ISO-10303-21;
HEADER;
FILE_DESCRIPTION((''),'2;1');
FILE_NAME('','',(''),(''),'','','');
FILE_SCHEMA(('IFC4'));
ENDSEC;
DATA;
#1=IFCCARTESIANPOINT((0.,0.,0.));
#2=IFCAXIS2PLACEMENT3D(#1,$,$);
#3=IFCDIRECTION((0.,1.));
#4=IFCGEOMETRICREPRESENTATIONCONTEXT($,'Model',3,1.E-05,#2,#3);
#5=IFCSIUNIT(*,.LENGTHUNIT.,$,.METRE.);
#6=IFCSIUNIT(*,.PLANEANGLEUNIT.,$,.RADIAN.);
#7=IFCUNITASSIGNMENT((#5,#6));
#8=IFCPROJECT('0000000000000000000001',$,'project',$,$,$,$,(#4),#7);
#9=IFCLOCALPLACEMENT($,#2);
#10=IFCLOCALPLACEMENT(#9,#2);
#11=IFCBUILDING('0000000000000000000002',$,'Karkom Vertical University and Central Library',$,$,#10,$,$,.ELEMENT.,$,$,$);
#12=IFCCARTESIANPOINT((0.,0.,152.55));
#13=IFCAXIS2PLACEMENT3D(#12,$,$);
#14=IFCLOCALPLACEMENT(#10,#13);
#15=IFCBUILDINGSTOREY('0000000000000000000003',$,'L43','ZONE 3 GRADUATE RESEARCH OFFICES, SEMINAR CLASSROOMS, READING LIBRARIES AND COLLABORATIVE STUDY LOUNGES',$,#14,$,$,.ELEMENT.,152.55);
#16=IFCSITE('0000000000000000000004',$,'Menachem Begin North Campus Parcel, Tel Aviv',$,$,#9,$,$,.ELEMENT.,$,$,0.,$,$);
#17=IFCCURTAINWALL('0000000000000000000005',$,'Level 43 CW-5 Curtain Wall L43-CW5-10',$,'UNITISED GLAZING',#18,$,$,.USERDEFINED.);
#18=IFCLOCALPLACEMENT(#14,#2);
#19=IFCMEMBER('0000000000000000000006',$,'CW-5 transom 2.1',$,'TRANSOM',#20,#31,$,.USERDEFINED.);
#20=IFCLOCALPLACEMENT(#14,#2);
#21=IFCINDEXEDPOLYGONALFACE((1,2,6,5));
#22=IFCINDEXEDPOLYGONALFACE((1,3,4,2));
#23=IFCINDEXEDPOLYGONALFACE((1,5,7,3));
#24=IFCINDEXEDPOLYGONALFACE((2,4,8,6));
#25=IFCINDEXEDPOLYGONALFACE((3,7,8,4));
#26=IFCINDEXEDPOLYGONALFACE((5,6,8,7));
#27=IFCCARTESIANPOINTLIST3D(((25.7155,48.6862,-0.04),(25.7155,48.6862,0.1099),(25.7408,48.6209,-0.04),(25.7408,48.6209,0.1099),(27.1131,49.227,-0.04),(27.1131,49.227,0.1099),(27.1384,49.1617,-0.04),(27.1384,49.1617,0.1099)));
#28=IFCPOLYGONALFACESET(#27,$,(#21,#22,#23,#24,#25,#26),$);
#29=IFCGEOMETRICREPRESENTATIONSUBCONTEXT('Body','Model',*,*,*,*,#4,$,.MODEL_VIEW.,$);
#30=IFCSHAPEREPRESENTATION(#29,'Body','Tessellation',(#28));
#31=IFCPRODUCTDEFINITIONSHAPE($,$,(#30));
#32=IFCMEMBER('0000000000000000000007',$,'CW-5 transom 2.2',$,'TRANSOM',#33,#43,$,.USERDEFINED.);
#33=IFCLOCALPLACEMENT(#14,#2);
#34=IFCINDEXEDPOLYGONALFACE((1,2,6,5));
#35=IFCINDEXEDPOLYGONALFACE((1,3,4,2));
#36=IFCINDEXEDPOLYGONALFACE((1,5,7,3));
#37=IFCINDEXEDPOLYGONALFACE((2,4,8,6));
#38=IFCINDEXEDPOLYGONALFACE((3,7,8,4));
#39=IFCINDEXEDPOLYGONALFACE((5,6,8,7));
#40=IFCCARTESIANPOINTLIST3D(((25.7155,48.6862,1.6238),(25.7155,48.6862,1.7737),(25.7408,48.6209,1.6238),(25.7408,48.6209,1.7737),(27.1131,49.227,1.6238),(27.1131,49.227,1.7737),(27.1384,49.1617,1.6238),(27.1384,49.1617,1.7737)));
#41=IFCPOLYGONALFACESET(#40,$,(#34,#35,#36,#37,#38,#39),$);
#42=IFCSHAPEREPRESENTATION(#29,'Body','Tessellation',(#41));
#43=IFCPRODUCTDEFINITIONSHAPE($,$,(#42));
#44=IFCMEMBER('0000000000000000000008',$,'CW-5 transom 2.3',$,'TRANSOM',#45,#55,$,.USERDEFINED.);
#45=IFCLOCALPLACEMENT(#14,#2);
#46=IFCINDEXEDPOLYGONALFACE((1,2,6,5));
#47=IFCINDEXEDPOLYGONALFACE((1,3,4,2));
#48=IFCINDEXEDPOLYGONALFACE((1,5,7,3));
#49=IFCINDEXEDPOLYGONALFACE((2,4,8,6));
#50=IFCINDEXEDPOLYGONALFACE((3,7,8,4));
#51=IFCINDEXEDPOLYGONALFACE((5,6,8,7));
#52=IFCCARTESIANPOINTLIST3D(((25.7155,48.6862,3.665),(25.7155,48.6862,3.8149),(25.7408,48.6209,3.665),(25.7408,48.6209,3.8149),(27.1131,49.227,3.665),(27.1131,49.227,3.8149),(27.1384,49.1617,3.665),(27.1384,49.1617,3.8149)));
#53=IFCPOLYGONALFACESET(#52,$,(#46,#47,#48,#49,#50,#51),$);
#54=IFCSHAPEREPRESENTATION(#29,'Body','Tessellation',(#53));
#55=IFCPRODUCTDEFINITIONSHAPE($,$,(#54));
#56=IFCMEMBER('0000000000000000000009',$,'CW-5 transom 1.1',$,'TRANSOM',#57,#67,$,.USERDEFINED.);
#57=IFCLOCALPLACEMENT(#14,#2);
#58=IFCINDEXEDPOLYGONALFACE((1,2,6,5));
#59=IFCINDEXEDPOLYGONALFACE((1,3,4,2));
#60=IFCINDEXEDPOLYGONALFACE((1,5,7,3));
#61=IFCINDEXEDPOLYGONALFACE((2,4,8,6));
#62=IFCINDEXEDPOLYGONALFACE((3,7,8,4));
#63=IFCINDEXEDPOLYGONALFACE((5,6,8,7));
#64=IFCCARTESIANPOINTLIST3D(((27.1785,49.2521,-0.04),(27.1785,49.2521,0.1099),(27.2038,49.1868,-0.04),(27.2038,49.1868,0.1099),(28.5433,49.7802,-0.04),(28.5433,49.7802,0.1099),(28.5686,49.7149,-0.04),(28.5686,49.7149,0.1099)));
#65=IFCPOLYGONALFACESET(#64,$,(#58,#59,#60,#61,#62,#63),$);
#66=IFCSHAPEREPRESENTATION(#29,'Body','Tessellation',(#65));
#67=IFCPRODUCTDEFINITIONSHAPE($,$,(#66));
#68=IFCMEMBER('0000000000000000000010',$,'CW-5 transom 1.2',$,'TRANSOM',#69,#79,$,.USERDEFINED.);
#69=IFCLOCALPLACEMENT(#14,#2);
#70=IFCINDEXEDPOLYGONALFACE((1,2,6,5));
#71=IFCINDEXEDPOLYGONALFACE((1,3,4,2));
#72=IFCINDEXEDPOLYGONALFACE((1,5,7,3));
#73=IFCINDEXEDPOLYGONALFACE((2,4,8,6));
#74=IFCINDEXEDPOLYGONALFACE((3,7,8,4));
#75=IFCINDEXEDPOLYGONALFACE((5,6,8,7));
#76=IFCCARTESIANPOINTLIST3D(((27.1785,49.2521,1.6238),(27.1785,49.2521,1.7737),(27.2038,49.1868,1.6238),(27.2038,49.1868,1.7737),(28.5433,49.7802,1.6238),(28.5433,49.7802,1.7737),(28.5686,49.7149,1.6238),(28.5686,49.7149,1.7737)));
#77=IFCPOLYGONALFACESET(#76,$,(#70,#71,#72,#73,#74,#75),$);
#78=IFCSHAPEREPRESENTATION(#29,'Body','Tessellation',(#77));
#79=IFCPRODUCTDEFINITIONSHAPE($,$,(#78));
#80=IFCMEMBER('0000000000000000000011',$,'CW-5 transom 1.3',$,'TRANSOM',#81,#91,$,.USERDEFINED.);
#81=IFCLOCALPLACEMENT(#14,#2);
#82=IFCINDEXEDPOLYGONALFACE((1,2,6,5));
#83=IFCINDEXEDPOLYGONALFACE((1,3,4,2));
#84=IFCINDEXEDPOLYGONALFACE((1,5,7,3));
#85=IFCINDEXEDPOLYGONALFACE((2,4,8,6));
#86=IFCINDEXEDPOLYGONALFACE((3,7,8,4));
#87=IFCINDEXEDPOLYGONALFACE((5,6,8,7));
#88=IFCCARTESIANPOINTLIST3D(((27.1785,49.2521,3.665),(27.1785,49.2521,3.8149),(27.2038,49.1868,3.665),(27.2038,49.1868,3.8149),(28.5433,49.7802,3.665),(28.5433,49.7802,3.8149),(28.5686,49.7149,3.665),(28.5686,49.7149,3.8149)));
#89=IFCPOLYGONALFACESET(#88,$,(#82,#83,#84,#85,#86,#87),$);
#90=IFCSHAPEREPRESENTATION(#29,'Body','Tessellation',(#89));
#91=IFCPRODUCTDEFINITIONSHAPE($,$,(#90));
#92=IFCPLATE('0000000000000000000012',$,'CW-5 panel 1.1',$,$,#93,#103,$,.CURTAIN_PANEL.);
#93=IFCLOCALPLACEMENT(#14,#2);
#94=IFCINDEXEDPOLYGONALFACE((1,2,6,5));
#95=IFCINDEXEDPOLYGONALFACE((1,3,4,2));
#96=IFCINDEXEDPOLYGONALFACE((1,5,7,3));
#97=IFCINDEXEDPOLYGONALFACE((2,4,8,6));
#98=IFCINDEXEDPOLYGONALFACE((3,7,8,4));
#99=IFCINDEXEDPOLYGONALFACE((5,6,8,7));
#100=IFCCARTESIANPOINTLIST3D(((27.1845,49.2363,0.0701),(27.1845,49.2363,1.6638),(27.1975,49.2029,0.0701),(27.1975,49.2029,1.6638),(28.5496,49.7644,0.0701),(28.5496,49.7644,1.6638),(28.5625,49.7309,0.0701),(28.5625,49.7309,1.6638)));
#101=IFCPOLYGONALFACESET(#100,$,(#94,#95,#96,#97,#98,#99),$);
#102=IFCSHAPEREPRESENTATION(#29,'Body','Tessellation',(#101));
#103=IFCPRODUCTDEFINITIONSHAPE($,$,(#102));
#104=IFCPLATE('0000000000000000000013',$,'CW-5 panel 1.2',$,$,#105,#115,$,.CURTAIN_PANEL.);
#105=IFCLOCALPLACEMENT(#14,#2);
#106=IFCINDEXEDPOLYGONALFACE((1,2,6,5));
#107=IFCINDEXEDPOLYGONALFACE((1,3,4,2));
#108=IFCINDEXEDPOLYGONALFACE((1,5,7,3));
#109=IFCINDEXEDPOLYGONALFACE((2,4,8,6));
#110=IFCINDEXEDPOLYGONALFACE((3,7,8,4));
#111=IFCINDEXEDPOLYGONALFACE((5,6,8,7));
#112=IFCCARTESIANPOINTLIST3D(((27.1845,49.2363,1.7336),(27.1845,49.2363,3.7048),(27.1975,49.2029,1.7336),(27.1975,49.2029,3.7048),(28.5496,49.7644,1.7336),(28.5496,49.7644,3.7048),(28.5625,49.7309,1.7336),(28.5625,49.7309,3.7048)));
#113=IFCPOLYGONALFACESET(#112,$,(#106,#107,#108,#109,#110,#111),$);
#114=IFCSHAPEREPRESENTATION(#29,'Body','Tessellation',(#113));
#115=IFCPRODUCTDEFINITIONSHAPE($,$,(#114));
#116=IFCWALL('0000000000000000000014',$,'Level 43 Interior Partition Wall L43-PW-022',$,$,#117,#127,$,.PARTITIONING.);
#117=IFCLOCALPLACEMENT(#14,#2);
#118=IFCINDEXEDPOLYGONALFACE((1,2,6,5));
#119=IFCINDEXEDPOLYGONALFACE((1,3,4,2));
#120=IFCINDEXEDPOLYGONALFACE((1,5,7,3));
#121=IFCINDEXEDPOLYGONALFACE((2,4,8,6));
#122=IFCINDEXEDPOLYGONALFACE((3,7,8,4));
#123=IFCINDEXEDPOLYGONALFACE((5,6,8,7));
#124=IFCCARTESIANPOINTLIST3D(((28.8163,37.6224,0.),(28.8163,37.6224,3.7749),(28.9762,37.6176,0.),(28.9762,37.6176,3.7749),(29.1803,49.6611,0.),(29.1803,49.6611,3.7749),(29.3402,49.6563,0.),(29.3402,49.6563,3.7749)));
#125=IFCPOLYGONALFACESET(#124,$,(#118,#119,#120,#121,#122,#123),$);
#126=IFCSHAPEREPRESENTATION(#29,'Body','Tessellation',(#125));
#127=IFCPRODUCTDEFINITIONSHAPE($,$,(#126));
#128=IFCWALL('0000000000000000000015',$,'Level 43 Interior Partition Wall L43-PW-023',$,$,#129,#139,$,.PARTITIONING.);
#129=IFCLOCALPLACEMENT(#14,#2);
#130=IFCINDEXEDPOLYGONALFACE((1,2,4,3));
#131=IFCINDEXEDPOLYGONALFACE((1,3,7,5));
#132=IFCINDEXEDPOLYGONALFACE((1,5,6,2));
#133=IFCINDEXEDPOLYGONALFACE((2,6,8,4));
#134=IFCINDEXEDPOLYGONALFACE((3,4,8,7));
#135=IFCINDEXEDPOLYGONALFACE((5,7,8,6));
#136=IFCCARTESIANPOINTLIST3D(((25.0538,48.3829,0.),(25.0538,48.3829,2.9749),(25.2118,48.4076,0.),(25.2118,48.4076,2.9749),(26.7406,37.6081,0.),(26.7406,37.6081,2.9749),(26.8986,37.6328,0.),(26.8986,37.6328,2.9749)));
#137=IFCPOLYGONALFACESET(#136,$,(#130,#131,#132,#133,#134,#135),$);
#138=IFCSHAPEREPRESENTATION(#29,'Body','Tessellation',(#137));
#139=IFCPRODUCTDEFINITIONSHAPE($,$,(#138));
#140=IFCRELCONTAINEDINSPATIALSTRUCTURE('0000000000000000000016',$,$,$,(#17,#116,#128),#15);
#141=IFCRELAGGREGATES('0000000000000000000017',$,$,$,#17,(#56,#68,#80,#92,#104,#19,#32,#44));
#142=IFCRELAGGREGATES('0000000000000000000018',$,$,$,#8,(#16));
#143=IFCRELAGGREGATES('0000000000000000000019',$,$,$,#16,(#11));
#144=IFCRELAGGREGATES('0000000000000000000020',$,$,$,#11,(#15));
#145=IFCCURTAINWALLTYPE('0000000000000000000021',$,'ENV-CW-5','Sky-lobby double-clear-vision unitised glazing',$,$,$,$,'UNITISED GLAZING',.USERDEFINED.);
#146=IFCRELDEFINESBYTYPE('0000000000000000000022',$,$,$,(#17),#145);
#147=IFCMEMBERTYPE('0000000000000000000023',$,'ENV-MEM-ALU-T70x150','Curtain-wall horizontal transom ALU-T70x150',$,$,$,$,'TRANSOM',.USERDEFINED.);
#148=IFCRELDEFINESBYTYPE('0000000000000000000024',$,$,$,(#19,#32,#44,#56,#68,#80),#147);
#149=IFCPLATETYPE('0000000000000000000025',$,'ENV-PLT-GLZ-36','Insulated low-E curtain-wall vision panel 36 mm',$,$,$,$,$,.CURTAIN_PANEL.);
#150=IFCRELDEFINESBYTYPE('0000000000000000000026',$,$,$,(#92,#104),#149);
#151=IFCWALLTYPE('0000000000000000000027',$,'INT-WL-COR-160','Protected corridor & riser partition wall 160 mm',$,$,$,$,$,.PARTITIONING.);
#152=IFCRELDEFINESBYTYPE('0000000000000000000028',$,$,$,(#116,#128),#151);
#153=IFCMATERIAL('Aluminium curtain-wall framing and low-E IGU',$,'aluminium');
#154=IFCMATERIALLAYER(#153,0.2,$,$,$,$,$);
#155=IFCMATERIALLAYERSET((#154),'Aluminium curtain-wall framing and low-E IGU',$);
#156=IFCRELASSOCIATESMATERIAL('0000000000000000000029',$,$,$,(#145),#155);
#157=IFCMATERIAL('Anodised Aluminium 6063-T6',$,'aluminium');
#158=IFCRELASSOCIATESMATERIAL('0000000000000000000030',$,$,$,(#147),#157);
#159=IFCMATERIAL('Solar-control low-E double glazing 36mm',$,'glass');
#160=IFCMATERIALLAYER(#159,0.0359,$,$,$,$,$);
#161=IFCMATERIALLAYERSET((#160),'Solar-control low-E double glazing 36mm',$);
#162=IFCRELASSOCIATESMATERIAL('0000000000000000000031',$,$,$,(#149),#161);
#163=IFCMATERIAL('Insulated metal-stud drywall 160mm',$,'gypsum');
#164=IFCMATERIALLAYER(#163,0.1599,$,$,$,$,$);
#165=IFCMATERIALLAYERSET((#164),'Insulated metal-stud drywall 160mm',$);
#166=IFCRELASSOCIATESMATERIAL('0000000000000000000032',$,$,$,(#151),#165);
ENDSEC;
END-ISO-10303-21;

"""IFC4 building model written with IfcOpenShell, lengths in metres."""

from ifc_helpers import new_model, si_unit, direction, frame, frame_2d, origin, origin_with_axes, origin_2d, place, context, subcontext, project, spatial, rectangle, extrude, source, transform, mapped, material, layer, layer_set, material_profile, profile_set, type_object, element, aggregate, save


model = new_model("IFC4")

# Units and contexts
model_context = context("Model", 3, precision=1e-05, world=origin(), true_north=direction((0.0, 1.0)))
body_context = subcontext(model_context, "Body", "Model", "MODEL_VIEW")
ifc_project = project(units=[si_unit("LENGTHUNIT", "METRE"), si_unit("PLANEANGLEUNIT", "RADIAN")], contexts=[model_context])

# Site, building, storey
site_placement = place(None, origin())
site = spatial("IfcSite", under=ifc_project, at=site_placement, Name="Menachem Begin North Campus Parcel, Tel Aviv", CompositionType="ELEMENT", RefElevation=0.0)
building_placement = place(site_placement, origin())
building = spatial("IfcBuilding", under=site, at=building_placement, Name="Karkom Vertical University and Central Library", CompositionType="ELEMENT")
storey_placement = place(building_placement, frame((0.0, 0.0, 152.55)))
storey = spatial("IfcBuildingStorey", under=building, at=storey_placement, Name="L43", Description="ZONE 3 GRADUATE RESEARCH OFFICES, SEMINAR CLASSROOMS, READING LIBRARIES AND COLLABORATIVE STUDY LOUNGES", CompositionType="ELEMENT", Elevation=152.55)

# Curtain wall, members, plates
ifc_material_1 = material(Name="Aluminium curtain-wall framing and low-E IGU", Category="aluminium")
ifc_layer_1 = layer(ifc_material_1, 0.2)
ifc_layer_set_1 = layer_set([ifc_layer_1], Name="Aluminium curtain-wall framing and low-E IGU")
curtain_wall_type = type_object("IfcCurtainWallType", Name="ENV-CW-5", Description="Sky-lobby double-clear-vision unitised glazing", ElementType="UNITISED GLAZING", PredefinedType="USERDEFINED", material=ifc_layer_set_1)
curtain_wall_placement = place(storey_placement, origin())
curtain_wall = element("IfcCurtainWall", 1, at=curtain_wall_placement, inside=storey, type_object=curtain_wall_type, Name="Level 43 CW-5 Curtain Wall L43-CW5-10", ObjectType="UNITISED GLAZING", PredefinedType="USERDEFINED")
ifc_material_2 = material(Name="Anodised Aluminium 6063-T6", Category="aluminium")
ifc_material_profile_1 = material_profile(ifc_material_2, rectangle(XDim=0.0701, YDim=0.1499, at=origin_2d()), Name="ALU-T70x150")
ifc_profile_set_1 = profile_set([ifc_material_profile_1], Name="Anodised Aluminium 6063-T6")
member_type_1 = type_object("IfcMemberType", Name="ENV-MEM-ALU-T70x150", Description="Curtain-wall horizontal transom ALU-T70x150", ElementType="TRANSOM", PredefinedType="USERDEFINED", material=ifc_profile_set_1)
shared_shape_1 = source(origin_with_axes(), body_context, "Body", "SweptSolid", [
    extrude(rectangle(XDim=0.0701, YDim=0.1499, at=origin_2d()), origin(), (0.0, 0.0, 1.0), 1.4985),
])
member_1_placement = place(storey_placement, frame((27.1257, 49.1943, 0.0349), z_axis=(-0.932609, -0.360889, 0.0), x_axis=(0.360889, -0.932609, 0.0)))
member_1 = element("IfcMember", 2, at=member_1_placement, type_object=member_type_1, Name="CW-5 transom 2.1", ObjectType="TRANSOM", PredefinedType="USERDEFINED", context=body_context, shape_type="MappedRepresentation", body=[
    mapped(shared_shape_1, transform((0.0, 0.0, 0.0), scale=1.0)),
])
member_2_placement = place(storey_placement, frame((27.1257, 49.1943, 1.6987), z_axis=(-0.932609, -0.360889, 0.0), x_axis=(0.360889, -0.932609, 0.0)))
member_2 = element("IfcMember", 3, at=member_2_placement, type_object=member_type_1, Name="CW-5 transom 2.2", ObjectType="TRANSOM", PredefinedType="USERDEFINED", context=body_context, shape_type="MappedRepresentation", body=[
    mapped(shared_shape_1, transform((0.0, 0.0, 0.0), scale=1.0)),
])
member_3_placement = place(storey_placement, frame((27.1257, 49.1943, 3.74), z_axis=(-0.932609, -0.360889, 0.0), x_axis=(0.360889, -0.932609, 0.0)))
member_3 = element("IfcMember", 4, at=member_3_placement, type_object=member_type_1, Name="CW-5 transom 2.3", ObjectType="TRANSOM", PredefinedType="USERDEFINED", context=body_context, shape_type="MappedRepresentation", body=[
    mapped(shared_shape_1, transform((0.0, 0.0, 0.0), scale=1.0)),
])
shared_shape_2 = source(origin_with_axes(), body_context, "Body", "SweptSolid", [
    extrude(rectangle(XDim=0.0701, YDim=0.1499, at=origin_2d()), origin(), (0.0, 0.0, 1.0), 1.4634),
])
member_4_placement = place(storey_placement, frame((28.5559, 49.7476, 0.0349), z_axis=(-0.932617, -0.360868, 0.0), x_axis=(0.360868, -0.932617, 0.0)))
member_4 = element("IfcMember", 5, at=member_4_placement, type_object=member_type_1, Name="CW-5 transom 1.1", ObjectType="TRANSOM", PredefinedType="USERDEFINED", context=body_context, shape_type="MappedRepresentation", body=[
    mapped(shared_shape_2, transform((0.0, 0.0, 0.0), scale=1.0)),
])
member_5_placement = place(storey_placement, frame((28.5559, 49.7476, 1.6987), z_axis=(-0.932617, -0.360868, 0.0), x_axis=(0.360868, -0.932617, 0.0)))
member_5 = element("IfcMember", 6, at=member_5_placement, type_object=member_type_1, Name="CW-5 transom 1.2", ObjectType="TRANSOM", PredefinedType="USERDEFINED", context=body_context, shape_type="MappedRepresentation", body=[
    mapped(shared_shape_2, transform((0.0, 0.0, 0.0), scale=1.0)),
])
member_6_placement = place(storey_placement, frame((28.5559, 49.7476, 3.74), z_axis=(-0.932617, -0.360868, 0.0), x_axis=(0.360868, -0.932617, 0.0)))
member_6 = element("IfcMember", 7, at=member_6_placement, type_object=member_type_1, Name="CW-5 transom 1.3", ObjectType="TRANSOM", PredefinedType="USERDEFINED", context=body_context, shape_type="MappedRepresentation", body=[
    mapped(shared_shape_2, transform((0.0, 0.0, 0.0), scale=1.0)),
])
ifc_material_3 = material(Name="Solar-control low-E double glazing 36mm", Category="glass")
ifc_layer_2 = layer(ifc_material_3, 0.0359)
ifc_layer_set_2 = layer_set([ifc_layer_2], Name="Solar-control low-E double glazing 36mm")
plate_type = type_object("IfcPlateType", Name="ENV-PLT-GLZ-36", Description="Insulated low-E curtain-wall vision panel 36 mm", PredefinedType="CURTAIN_PANEL", material=ifc_layer_set_2)
shared_shape_3 = source(origin_with_axes(), body_context, "Body", "SweptSolid", [
    extrude(rectangle(XDim=1.4636, YDim=0.0359, at=origin_2d()), origin(), (0.0, 0.0, 1.0), 1.5938),
])
plate_1_placement = place(storey_placement, frame((27.8735, 49.4836, 0.0701), z_axis=(0.0, 0.0, 1.0), x_axis=(-0.932644, -0.360798, 0.0)))
plate_1 = element("IfcPlate", 8, at=plate_1_placement, type_object=plate_type, Name="CW-5 panel 1.1", PredefinedType="CURTAIN_PANEL", context=body_context, shape_type="MappedRepresentation", body=[
    mapped(shared_shape_3, transform((0.0, 0.0, 0.0), scale=1.0)),
])
shared_shape_4 = source(origin_with_axes(), body_context, "Body", "SweptSolid", [
    extrude(rectangle(XDim=1.4636, YDim=0.0359, at=origin_2d()), origin(), (0.0, 0.0, 1.0), 1.9712),
])
plate_2_placement = place(storey_placement, frame((27.8735, 49.4836, 1.7336), z_axis=(0.0, 0.0, 1.0), x_axis=(-0.932644, -0.360798, 0.0)))
plate_2 = element("IfcPlate", 9, at=plate_2_placement, type_object=plate_type, Name="CW-5 panel 1.2", PredefinedType="CURTAIN_PANEL", context=body_context, shape_type="MappedRepresentation", body=[
    mapped(shared_shape_4, transform((0.0, 0.0, 0.0), scale=1.0)),
])
aggregate(curtain_wall, [member_4, member_5, member_6, plate_1, plate_2, member_1, member_2, member_3])

# Walls
ifc_material_4 = material(Name="Insulated metal-stud drywall 160mm", Category="gypsum")
ifc_layer_3 = layer(ifc_material_4, 0.1599)
ifc_layer_set_3 = layer_set([ifc_layer_3], Name="Insulated metal-stud drywall 160mm")
wall_type = type_object("IfcWallType", Name="INT-WL-COR-160", Description="Protected corridor & riser partition wall 160 mm", PredefinedType="PARTITIONING", material=ifc_layer_set_3)
wall_1_placement = place(storey_placement, frame((28.8962, 37.6201, 0.0), z_axis=(0.0, 0.0, 1.0), x_axis=(0.030223, 0.999543, 0.0)))
element("IfcWall", 10, at=wall_1_placement, inside=storey, type_object=wall_type, Name="Level 43 Interior Partition Wall L43-PW-022", PredefinedType="PARTITIONING", context=body_context, shape_type="SweptSolid", body=[
    extrude(rectangle(XDim=12.0442, YDim=0.1599, at=frame_2d((6.022, 0.0))), origin(), (0.0, 0.0, 1.0), 3.7749),
])
wall_2_placement = place(storey_placement, frame((26.8196, 37.6204, 0.0), z_axis=(0.0, 0.0, 1.0), x_axis=(-0.154666, 0.987967, 0.0)))
element("IfcWall", 11, at=wall_2_placement, inside=storey, type_object=wall_type, Name="Level 43 Interior Partition Wall L43-PW-023", PredefinedType="PARTITIONING", context=body_context, shape_type="SweptSolid", body=[
    extrude(rectangle(XDim=10.906, YDim=0.1599, at=frame_2d((5.4531, 0.0))), origin(), (0.0, 0.0, 1.0), 2.9749),
])

save(model, "model.ifc")
